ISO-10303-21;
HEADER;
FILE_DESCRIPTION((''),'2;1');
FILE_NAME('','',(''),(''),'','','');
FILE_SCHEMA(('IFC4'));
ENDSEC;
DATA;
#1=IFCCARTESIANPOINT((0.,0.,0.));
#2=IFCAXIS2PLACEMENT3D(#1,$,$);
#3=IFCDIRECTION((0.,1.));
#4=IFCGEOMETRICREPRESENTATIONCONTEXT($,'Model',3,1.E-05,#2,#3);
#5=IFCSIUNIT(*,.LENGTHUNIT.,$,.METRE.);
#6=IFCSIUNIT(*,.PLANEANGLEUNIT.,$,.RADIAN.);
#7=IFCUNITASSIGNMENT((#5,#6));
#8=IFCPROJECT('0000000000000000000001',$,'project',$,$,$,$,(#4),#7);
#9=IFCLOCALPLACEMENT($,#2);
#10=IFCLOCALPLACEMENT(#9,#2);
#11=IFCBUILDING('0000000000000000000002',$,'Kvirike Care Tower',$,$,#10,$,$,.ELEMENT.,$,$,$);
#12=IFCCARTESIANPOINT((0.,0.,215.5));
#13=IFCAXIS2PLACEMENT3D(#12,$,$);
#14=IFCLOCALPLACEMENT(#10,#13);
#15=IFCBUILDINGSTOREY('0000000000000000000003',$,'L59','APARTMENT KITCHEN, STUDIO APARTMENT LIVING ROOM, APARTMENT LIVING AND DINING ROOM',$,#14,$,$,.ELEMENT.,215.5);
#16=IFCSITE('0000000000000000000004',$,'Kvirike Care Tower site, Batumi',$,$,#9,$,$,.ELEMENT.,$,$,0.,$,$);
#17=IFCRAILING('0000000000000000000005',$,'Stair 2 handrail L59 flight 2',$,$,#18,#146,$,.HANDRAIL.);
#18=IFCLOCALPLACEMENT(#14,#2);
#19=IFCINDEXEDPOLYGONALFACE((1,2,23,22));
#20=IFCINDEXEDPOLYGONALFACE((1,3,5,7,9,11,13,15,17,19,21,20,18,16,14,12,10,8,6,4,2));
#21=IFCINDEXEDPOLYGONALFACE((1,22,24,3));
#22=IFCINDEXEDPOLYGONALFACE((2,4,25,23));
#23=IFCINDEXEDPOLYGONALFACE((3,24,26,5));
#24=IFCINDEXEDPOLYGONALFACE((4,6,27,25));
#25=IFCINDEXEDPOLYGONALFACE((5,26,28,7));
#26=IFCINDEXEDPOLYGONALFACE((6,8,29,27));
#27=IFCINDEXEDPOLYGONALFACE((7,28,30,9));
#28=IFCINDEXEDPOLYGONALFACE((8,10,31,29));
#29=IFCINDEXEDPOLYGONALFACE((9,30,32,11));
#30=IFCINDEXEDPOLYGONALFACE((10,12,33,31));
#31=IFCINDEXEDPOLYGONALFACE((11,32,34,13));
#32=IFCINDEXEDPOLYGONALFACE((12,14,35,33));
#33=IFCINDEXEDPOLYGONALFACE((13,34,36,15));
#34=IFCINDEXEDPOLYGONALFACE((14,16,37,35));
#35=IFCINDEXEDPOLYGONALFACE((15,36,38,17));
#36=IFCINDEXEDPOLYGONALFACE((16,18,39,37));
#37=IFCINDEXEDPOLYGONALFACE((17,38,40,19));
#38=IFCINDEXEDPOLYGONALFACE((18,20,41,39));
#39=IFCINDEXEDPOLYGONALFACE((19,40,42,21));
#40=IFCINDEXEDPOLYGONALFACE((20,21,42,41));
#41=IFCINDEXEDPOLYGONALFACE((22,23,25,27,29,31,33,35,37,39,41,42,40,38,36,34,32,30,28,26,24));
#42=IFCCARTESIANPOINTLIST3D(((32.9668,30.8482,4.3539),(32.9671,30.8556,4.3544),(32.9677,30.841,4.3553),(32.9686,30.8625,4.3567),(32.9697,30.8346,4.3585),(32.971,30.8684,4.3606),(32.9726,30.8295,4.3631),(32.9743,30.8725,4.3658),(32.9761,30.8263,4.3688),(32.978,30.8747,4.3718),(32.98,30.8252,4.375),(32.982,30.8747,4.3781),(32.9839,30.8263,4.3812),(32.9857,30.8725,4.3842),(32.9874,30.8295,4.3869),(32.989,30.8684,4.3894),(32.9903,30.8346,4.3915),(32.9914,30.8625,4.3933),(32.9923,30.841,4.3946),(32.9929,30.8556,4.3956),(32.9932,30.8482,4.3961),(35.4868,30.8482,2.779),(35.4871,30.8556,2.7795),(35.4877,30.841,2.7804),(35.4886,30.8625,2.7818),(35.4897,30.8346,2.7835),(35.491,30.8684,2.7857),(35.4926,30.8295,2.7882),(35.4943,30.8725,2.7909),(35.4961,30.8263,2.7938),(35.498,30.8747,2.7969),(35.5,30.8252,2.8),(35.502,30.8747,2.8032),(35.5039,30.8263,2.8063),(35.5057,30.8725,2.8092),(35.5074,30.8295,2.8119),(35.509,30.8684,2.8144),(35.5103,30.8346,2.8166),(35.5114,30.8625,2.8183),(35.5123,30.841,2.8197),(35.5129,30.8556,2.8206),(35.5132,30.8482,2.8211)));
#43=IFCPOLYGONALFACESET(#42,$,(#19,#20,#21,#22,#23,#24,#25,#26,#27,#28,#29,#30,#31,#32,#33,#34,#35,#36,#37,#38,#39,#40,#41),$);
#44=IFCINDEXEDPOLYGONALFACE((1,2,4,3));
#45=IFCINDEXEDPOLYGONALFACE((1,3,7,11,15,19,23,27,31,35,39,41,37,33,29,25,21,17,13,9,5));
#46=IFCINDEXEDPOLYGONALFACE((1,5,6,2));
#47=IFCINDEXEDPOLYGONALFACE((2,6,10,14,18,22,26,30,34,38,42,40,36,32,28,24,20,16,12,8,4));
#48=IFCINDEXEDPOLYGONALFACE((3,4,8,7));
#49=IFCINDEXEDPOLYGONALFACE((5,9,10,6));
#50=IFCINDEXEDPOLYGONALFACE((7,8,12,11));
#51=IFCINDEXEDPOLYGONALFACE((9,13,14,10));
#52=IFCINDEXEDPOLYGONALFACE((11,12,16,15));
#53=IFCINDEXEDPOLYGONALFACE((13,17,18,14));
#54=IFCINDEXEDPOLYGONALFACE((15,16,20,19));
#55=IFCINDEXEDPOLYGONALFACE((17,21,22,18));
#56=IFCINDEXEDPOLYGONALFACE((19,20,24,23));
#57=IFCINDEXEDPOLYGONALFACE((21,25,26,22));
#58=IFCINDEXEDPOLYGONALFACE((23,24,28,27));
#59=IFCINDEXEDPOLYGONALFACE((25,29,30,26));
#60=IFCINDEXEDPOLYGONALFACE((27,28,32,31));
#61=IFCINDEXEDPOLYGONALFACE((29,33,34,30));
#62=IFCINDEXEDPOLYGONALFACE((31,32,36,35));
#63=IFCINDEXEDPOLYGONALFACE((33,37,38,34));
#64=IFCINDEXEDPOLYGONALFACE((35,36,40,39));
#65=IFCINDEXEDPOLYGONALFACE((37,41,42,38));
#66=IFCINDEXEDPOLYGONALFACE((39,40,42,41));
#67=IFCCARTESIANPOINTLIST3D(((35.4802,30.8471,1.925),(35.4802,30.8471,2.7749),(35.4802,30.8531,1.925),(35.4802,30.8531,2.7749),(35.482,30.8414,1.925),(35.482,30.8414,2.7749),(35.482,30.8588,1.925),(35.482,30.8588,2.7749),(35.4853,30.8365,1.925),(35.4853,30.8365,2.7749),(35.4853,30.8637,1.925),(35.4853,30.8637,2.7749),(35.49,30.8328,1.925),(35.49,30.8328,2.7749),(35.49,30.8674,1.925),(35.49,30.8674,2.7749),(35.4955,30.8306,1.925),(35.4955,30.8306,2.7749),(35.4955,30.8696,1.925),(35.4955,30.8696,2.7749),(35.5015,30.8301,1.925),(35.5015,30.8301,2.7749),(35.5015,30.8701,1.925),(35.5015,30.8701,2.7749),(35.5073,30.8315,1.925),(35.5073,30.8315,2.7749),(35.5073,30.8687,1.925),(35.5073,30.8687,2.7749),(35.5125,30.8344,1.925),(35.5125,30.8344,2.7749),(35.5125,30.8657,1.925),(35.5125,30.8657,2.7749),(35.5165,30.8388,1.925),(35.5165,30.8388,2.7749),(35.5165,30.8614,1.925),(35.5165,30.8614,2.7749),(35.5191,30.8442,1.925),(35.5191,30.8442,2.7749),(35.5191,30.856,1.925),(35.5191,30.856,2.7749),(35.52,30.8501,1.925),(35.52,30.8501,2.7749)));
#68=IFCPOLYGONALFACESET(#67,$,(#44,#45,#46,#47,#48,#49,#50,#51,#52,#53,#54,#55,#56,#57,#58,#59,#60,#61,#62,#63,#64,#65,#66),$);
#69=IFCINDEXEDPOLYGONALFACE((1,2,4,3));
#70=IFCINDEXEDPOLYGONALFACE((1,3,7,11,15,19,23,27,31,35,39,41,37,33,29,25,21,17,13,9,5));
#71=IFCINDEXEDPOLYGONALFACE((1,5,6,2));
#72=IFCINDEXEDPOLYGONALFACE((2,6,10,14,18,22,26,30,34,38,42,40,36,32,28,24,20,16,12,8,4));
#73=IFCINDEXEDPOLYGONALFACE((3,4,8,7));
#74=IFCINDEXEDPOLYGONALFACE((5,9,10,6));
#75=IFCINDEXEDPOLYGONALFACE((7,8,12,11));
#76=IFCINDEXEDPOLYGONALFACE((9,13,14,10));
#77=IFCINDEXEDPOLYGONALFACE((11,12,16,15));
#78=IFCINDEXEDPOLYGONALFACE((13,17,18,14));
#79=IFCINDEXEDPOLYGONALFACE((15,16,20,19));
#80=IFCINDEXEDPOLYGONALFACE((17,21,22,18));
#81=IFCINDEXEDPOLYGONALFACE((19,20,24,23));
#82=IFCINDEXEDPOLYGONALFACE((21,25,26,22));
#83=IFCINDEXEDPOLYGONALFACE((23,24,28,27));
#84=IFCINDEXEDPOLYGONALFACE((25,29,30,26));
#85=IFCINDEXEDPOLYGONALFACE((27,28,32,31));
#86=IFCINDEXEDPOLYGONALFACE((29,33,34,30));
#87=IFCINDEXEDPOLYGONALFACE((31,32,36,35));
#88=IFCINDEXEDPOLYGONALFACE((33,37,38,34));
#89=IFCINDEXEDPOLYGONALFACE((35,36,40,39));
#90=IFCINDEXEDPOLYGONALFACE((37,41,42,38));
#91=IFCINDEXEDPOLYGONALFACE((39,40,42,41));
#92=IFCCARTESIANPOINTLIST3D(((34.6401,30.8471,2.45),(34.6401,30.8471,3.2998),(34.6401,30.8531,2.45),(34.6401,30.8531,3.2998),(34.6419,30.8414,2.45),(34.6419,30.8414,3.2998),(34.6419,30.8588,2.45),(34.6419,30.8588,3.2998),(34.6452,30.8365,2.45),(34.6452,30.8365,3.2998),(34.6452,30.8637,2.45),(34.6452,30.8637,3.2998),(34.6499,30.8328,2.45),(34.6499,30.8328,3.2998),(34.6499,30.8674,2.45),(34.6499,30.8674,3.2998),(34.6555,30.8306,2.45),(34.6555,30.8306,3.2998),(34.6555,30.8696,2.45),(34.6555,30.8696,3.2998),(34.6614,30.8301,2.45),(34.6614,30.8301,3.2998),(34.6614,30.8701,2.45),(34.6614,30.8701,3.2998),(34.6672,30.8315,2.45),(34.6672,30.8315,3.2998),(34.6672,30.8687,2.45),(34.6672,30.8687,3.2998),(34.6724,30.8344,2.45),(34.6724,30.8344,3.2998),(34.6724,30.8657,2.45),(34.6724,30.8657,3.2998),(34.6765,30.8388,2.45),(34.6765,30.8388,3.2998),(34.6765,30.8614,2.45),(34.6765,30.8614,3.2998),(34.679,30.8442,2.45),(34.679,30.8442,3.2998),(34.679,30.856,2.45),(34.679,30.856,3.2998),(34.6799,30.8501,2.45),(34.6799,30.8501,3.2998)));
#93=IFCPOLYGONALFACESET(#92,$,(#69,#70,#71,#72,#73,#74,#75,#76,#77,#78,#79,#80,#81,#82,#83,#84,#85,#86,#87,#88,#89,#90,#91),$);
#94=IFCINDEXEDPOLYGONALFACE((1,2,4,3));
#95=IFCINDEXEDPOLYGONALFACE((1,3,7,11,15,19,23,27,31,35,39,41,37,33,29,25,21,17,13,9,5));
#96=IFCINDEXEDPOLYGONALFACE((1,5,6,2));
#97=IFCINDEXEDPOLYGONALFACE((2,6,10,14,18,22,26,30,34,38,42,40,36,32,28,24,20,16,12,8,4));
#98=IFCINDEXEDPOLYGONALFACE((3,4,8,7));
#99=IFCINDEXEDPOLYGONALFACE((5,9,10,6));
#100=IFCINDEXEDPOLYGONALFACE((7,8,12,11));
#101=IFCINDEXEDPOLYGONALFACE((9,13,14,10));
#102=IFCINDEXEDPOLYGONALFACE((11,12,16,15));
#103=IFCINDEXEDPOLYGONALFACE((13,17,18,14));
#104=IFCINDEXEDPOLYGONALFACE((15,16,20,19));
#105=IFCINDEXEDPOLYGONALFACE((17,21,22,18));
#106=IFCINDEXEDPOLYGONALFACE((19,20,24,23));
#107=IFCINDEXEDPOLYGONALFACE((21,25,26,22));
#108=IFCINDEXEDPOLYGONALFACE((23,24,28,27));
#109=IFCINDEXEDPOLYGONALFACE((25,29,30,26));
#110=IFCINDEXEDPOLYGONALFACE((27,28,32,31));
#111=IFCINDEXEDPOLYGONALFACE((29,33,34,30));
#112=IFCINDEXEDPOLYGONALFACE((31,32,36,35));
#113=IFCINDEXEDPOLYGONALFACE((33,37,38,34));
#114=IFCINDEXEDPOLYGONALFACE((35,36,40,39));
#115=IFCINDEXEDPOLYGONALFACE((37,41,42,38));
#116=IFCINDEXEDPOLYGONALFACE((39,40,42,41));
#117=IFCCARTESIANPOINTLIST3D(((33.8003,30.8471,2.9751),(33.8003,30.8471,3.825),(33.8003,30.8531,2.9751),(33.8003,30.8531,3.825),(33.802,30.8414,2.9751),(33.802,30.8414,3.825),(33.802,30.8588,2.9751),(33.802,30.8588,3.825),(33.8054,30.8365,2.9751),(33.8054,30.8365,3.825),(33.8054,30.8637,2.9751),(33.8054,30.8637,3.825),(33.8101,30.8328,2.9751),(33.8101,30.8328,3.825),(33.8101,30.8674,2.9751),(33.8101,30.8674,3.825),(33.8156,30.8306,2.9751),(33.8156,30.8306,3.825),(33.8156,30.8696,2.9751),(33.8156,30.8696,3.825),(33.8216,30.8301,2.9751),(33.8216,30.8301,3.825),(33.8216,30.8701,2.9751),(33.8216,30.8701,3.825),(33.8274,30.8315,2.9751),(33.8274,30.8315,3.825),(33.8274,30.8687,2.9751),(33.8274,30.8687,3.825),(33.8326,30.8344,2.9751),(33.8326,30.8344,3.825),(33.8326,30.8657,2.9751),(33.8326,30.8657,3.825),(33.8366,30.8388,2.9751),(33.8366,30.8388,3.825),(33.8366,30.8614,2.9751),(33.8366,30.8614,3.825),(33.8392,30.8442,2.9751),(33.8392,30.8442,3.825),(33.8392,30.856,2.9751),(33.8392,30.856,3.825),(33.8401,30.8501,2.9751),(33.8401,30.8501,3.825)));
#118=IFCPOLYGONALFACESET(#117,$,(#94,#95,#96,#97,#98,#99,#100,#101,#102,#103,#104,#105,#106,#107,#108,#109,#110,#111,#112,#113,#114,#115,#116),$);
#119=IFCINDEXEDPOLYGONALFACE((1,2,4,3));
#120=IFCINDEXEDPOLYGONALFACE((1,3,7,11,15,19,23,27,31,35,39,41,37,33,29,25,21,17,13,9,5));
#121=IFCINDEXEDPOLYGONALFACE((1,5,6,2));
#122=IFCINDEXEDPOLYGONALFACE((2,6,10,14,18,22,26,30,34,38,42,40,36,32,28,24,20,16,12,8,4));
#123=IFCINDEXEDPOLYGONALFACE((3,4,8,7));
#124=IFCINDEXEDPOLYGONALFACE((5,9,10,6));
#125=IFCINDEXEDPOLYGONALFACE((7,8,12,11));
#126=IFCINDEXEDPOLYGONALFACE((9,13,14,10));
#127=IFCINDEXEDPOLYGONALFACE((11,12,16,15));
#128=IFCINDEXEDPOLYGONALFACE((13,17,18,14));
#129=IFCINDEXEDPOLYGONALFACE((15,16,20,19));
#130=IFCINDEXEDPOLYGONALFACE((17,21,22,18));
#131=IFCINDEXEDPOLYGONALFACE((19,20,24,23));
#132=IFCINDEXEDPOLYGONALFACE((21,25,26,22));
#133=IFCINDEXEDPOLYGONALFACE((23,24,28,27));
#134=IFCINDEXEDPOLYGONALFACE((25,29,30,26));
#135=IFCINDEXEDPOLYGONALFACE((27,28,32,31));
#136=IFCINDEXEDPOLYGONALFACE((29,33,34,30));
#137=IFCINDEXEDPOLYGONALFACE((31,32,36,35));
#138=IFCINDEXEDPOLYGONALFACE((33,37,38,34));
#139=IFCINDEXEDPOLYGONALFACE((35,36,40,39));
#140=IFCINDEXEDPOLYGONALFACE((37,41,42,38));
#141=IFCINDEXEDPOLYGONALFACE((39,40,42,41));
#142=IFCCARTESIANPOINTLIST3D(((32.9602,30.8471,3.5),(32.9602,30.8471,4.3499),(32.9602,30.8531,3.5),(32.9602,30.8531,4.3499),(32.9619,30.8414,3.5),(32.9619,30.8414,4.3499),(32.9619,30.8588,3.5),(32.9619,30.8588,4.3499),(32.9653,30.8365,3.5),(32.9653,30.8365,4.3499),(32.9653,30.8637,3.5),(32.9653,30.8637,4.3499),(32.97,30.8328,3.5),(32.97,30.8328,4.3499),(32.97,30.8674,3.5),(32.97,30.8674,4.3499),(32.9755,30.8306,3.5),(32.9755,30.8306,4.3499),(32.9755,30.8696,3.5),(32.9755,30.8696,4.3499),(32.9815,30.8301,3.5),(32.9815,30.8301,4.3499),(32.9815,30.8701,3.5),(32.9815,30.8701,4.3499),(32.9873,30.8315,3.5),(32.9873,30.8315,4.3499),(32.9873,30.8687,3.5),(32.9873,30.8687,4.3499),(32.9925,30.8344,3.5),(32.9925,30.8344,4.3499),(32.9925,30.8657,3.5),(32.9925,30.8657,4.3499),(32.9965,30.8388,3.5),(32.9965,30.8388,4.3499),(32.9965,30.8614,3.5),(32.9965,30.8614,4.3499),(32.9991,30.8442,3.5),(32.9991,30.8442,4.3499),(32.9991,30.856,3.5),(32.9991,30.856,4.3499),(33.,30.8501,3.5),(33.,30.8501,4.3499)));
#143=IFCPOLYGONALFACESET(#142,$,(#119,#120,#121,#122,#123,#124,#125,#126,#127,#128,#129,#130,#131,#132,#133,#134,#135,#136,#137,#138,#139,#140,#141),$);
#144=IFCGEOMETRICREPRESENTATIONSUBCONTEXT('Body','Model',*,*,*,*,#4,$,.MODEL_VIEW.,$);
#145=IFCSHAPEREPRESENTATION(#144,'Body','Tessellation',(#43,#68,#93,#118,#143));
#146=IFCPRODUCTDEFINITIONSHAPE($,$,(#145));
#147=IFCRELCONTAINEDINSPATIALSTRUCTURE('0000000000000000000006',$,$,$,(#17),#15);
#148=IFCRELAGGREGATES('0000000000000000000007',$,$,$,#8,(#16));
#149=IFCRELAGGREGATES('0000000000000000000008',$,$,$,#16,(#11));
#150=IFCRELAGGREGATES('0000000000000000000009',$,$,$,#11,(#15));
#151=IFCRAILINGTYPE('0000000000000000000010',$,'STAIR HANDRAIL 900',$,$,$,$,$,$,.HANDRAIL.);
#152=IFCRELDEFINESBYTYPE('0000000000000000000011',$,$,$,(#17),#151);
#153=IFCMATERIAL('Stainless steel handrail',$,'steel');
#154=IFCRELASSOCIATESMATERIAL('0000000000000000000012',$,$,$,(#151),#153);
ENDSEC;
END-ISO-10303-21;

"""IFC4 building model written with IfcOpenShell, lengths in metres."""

from ifc_helpers import new_model, si_unit, direction, frame, origin, origin_2d, place, context, subcontext, project, spatial, circle, extrude, material, type_object, element, save


model = new_model("IFC4")

# Units and contexts
model_context = context("Model", 3, precision=1e-05, world=origin(), true_north=direction((0.0, 1.0)))
body_context = subcontext(model_context, "Body", "Model", "MODEL_VIEW")
ifc_project = project(units=[si_unit("LENGTHUNIT", "METRE"), si_unit("PLANEANGLEUNIT", "RADIAN")], contexts=[model_context])

# Site, building, storey
site_placement = place(None, origin())
site = spatial("IfcSite", under=ifc_project, at=site_placement, Name="Kvirike Care Tower site, Batumi", CompositionType="ELEMENT", RefElevation=0.0)
building_placement = place(site_placement, origin())
building = spatial("IfcBuilding", under=site, at=building_placement, Name="Kvirike Care Tower", CompositionType="ELEMENT")
storey_placement = place(building_placement, frame((0.0, 0.0, 215.5)))
storey = spatial("IfcBuildingStorey", under=building, at=storey_placement, Name="L59", Description="APARTMENT KITCHEN, STUDIO APARTMENT LIVING ROOM, APARTMENT LIVING AND DINING ROOM", CompositionType="ELEMENT", Elevation=215.5)

# Railing
ifc_material_1 = material(Name="Stainless steel handrail", Category="steel")
railing_type = type_object("IfcRailingType", Name="STAIR HANDRAIL 900", PredefinedType="HANDRAIL", material=ifc_material_1)
railing_1_placement = place(storey_placement, frame((35.5, 30.8501, 1.925)))
element("IfcRailing", 1, at=railing_1_placement, inside=storey, type_object=railing_type, Name="Stair 2 handrail L59 flight 2", PredefinedType="HANDRAIL", context=body_context, shape_type="SweptSolid", body=[
    extrude(circle(Radius=0.0249, at=origin_2d()), frame((0.0, 0.0, 0.875), z_axis=(-0.848008, 0.0, 0.529984), x_axis=(0.0, -1.0, 0.0)), (0.0, 0.0, 1.0), 2.9717),
    extrude(circle(Radius=0.02, at=origin_2d()), origin(), (0.0, 0.0, 1.0), 0.8499),
    extrude(circle(Radius=0.02, at=origin_2d()), frame((-0.8401, 0.0, 0.5249)), (0.0, 0.0, 1.0), 0.8499),
    extrude(circle(Radius=0.02, at=origin_2d()), frame((-1.6799, 0.0, 1.05)), (0.0, 0.0, 1.0), 0.8499),
    extrude(circle(Radius=0.02, at=origin_2d()), frame((-2.52, 0.0, 1.575)), (0.0, 0.0, 1.0), 0.8499),
])

save(model, "model.ifc")
